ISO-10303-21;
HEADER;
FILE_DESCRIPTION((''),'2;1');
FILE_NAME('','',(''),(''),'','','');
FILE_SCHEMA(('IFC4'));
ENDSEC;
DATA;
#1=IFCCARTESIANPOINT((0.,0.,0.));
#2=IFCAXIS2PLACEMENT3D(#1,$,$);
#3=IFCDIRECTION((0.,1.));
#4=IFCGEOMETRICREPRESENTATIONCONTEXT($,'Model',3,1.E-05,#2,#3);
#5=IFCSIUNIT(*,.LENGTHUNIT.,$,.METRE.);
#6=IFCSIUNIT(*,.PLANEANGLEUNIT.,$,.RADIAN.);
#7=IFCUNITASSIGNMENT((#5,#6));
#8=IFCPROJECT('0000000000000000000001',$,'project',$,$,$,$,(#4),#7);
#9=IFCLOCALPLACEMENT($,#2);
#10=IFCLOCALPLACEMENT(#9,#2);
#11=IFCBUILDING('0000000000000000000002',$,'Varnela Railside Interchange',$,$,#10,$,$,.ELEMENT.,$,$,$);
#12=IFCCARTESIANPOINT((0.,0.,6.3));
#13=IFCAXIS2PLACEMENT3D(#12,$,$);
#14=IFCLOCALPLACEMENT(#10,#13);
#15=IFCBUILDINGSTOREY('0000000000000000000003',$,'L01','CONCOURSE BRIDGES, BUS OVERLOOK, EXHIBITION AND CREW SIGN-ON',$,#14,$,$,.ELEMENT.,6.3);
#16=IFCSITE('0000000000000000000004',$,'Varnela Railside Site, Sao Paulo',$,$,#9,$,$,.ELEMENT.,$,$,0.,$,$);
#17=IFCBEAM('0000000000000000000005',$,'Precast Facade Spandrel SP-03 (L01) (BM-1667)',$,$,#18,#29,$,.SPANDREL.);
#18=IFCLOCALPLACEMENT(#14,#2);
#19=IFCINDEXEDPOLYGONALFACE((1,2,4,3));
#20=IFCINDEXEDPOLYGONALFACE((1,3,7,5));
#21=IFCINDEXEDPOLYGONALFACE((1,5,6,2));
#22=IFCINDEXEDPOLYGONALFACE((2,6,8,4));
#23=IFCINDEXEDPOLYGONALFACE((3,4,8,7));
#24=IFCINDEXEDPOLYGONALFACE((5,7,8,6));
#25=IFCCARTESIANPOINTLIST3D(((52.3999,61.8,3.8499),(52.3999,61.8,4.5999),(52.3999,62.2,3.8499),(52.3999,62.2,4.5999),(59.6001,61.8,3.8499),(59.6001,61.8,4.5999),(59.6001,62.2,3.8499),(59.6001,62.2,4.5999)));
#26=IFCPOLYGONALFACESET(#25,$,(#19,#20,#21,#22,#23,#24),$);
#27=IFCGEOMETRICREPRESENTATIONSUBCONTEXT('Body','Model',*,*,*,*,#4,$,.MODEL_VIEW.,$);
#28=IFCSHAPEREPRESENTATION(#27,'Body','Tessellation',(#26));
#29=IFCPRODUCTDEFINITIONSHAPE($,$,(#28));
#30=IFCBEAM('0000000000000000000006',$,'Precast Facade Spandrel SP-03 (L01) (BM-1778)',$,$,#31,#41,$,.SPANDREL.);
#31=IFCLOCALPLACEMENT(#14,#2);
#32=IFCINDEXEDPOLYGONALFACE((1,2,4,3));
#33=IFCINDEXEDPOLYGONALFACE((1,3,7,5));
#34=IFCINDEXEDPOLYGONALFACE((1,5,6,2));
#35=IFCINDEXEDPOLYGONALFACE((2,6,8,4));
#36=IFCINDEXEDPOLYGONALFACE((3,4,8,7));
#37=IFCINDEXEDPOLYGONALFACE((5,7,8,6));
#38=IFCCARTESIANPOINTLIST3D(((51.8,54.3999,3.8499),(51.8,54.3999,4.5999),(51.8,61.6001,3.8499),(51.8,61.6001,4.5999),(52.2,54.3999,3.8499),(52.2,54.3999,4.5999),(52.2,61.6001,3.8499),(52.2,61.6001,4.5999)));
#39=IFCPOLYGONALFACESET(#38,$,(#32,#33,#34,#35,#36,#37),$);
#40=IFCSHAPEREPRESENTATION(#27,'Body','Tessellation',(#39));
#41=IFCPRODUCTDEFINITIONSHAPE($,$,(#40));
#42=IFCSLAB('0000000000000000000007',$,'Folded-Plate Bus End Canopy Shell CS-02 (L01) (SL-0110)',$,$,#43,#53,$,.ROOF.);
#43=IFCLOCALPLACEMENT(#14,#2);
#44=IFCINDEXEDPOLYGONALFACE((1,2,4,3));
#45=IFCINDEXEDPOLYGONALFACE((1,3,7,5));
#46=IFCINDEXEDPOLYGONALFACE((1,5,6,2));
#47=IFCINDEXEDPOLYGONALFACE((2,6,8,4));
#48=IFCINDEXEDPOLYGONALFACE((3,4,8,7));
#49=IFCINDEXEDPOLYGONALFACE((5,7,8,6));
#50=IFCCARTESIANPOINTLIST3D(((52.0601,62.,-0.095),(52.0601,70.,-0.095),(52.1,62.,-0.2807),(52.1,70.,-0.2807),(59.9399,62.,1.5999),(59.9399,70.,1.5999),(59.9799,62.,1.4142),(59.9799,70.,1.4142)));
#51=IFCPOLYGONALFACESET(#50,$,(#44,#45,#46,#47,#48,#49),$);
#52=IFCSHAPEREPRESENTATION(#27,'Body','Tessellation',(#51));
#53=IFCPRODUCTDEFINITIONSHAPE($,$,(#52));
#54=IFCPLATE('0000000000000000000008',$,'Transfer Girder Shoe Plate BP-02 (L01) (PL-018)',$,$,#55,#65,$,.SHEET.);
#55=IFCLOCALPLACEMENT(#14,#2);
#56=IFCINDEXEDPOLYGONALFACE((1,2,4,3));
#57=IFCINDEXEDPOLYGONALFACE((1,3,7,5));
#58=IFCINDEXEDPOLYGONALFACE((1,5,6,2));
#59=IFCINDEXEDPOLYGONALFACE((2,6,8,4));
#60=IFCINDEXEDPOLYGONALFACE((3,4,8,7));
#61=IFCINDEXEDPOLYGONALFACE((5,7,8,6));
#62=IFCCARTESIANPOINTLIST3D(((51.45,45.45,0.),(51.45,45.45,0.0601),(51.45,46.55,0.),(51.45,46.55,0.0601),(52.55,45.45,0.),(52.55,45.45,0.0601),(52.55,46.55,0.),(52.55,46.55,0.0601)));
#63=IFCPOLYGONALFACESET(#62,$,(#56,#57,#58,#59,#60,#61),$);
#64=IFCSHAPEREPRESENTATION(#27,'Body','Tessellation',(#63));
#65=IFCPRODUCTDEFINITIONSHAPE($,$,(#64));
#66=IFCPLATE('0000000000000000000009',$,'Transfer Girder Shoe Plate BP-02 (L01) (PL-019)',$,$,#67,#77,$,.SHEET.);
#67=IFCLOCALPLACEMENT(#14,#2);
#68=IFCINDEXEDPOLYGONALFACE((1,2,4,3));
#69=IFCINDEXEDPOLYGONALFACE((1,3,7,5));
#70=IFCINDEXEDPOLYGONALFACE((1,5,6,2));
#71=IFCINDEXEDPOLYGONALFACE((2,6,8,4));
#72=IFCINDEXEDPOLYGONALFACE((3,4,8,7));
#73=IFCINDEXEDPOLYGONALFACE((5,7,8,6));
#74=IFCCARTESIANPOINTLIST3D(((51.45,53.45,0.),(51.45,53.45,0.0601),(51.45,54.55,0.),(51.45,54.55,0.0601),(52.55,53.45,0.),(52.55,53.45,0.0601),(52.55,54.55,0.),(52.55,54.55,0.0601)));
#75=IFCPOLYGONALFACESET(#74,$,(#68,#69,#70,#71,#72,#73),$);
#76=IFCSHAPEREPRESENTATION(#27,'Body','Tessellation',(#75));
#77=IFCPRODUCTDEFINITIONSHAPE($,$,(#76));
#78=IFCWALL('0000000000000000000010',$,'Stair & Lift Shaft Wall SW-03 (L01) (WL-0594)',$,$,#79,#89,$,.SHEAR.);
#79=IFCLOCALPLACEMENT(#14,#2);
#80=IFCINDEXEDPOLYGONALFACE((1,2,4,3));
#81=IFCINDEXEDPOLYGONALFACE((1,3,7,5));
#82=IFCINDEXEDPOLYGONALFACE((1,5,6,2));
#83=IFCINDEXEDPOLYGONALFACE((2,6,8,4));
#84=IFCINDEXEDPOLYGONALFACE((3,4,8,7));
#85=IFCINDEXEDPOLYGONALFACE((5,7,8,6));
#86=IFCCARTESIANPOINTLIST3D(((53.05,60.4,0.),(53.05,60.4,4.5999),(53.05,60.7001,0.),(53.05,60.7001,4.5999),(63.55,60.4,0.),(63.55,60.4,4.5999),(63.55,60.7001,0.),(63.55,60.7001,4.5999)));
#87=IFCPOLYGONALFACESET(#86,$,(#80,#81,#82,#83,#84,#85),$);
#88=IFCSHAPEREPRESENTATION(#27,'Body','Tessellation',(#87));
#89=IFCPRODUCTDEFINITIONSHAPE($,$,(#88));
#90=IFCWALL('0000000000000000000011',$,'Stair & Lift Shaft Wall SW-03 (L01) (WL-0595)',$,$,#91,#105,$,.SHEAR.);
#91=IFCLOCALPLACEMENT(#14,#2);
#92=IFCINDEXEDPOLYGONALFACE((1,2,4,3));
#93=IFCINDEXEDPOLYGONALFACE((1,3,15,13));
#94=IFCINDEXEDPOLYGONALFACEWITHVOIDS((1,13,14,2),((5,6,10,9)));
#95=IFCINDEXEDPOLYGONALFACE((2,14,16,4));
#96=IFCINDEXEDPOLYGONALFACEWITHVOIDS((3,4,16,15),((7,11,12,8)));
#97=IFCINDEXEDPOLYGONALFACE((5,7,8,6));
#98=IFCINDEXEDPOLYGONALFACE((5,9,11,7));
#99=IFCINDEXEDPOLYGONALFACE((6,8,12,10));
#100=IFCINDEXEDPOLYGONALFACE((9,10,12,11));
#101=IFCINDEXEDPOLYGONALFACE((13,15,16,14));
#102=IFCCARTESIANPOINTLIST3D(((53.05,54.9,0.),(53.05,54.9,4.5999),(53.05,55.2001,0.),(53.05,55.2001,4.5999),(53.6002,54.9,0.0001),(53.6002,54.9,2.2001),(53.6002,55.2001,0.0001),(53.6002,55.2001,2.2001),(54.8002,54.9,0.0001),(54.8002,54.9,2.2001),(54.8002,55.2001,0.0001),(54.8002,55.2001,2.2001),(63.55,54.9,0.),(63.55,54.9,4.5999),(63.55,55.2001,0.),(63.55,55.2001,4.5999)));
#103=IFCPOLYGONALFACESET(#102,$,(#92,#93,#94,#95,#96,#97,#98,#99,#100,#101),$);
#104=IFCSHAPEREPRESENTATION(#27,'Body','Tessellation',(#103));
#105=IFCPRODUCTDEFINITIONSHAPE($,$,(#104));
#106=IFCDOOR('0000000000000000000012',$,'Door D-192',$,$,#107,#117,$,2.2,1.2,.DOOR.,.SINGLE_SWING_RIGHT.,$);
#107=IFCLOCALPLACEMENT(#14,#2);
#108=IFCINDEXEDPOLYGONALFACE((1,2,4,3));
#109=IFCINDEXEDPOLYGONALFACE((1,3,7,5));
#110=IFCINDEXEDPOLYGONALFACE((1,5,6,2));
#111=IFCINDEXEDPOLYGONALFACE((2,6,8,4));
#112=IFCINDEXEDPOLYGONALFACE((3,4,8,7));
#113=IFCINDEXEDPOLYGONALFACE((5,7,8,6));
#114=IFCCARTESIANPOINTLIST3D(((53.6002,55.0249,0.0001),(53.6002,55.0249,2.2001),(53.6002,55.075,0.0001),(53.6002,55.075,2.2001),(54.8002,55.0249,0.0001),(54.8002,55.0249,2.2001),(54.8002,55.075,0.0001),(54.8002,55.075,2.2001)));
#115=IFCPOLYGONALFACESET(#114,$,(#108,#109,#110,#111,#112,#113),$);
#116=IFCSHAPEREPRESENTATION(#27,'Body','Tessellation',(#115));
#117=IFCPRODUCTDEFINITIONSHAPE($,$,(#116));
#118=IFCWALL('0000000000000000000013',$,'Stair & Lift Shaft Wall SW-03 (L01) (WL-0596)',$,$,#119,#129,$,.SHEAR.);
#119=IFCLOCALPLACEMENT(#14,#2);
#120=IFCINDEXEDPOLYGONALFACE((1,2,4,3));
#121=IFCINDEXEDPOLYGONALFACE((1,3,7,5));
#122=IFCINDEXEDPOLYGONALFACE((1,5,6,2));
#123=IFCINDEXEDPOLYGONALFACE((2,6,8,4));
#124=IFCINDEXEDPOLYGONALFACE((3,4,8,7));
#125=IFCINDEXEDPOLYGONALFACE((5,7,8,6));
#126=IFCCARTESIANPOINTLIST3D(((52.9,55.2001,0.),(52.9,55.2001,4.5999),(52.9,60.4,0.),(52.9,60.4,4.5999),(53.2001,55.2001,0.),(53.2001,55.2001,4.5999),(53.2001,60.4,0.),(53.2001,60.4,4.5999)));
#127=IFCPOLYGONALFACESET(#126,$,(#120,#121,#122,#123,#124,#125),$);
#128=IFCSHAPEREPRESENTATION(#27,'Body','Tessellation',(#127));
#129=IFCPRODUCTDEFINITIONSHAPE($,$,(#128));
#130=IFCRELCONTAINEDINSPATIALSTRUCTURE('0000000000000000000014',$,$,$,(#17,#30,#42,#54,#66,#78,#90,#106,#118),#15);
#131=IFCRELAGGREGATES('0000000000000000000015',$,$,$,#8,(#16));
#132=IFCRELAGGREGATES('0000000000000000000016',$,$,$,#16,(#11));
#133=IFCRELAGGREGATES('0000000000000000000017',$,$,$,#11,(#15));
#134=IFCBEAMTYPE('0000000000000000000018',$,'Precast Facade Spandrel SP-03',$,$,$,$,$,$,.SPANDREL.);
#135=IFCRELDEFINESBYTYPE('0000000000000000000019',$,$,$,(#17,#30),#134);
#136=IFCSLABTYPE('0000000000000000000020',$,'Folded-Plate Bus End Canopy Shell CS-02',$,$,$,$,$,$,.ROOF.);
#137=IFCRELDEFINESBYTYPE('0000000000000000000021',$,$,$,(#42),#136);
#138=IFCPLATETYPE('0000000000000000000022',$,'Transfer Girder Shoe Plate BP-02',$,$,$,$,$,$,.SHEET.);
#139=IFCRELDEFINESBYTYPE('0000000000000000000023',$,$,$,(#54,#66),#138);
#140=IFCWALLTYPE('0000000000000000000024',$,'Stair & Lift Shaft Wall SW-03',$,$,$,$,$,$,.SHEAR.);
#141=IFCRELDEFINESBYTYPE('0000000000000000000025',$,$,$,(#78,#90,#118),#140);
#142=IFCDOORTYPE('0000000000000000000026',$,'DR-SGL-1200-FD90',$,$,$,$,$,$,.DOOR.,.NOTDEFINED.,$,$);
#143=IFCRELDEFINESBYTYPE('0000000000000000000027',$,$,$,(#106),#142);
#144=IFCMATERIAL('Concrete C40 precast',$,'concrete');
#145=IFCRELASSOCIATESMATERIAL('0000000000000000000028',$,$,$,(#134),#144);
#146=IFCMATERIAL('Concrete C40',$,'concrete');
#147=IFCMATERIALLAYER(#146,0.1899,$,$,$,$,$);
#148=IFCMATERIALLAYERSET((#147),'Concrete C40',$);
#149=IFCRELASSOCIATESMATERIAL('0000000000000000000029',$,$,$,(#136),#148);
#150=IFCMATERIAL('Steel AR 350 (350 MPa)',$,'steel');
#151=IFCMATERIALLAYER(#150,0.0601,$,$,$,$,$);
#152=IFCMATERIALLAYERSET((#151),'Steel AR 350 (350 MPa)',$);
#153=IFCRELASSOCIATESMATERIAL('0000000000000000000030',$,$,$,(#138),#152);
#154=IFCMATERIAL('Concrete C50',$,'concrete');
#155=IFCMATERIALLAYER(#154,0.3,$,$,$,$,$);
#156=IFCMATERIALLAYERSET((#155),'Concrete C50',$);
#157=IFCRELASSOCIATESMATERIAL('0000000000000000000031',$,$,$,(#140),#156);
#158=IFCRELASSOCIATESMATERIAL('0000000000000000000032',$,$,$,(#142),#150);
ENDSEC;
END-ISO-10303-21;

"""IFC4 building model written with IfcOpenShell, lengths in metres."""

from ifc_helpers import new_model, si_unit, direction, frame, frame_2d, origin, origin_2d, place, context, subcontext, project, spatial, polyline, rectangle, outline, extrude, material, layer, layer_set, material_profile, profile_set, type_object, element, fill, save


model = new_model("IFC4")

# Units and contexts
model_context = context("Model", 3, precision=1e-05, world=origin(), true_north=direction((0.0, 1.0)))
body_context = subcontext(model_context, "Body", "Model", "MODEL_VIEW")
ifc_project = project(units=[si_unit("LENGTHUNIT", "METRE"), si_unit("PLANEANGLEUNIT", "RADIAN")], contexts=[model_context])

# Site, building, storey
site_placement = place(None, origin())
site = spatial("IfcSite", under=ifc_project, at=site_placement, Name="Varnela Railside Site, Sao Paulo", CompositionType="ELEMENT", RefElevation=0.0)
building_placement = place(site_placement, origin())
building = spatial("IfcBuilding", under=site, at=building_placement, Name="Varnela Railside Interchange", CompositionType="ELEMENT")
storey_placement = place(building_placement, frame((0.0, 0.0, 6.3)))
storey = spatial("IfcBuildingStorey", under=building, at=storey_placement, Name="L01", Description="CONCOURSE BRIDGES, BUS OVERLOOK, EXHIBITION AND CREW SIGN-ON", CompositionType="ELEMENT", Elevation=6.3)

# Shared definitions
ifc_material_1 = material(Name="Concrete C50", Category="concrete")
ifc_material_2 = material(Name="Steel AR 350 (350 MPa)", Category="steel")

# Beams
ifc_material_3 = material(Name="Concrete C40 precast", Category="concrete")
ifc_material_profile_1 = material_profile(ifc_material_3, rectangle(XDim=0.3999, YDim=0.75, at=origin_2d()), Name="PC 400x750")
ifc_profile_set_1 = profile_set([ifc_material_profile_1], Name="Concrete C40 precast")
beam_type_1 = type_object("IfcBeamType", Name="Precast Facade Spandrel SP-03", PredefinedType="SPANDREL", material=ifc_profile_set_1)
for number, where, z_axis, x_axis, name in (
    (1, (52.3999, 62.0, 4.2249), (1.0, 0.0, 0.0), (0.0, 1.0, 0.0), "Precast Facade Spandrel SP-03 (L01) (BM-1667)"),
    (2, (52.0, 54.3999, 4.2249), (0.0, 1.0, 0.0), (-1.0, 0.0, 0.0), "Precast Facade Spandrel SP-03 (L01) (BM-1778)"),
):
    element("IfcBeam", number, at=place(storey_placement, frame(where, z_axis=z_axis, x_axis=x_axis)), inside=storey, type_object=beam_type_1, Name=name, PredefinedType="SPANDREL", context=body_context, shape_type="SweptSolid", body=[
        extrude(rectangle(XDim=0.3999, YDim=0.75, at=origin_2d()), origin(), (0.0, 0.0, 1.0), 7.2002),
    ])

# Slab
ifc_material_4 = material(Name="Concrete C40", Category="concrete")
ifc_layer_1 = layer(ifc_material_4, 0.1899)
ifc_layer_set_1 = layer_set([ifc_layer_1], Name="Concrete C40")
slab_type = type_object("IfcSlabType", Name="Folded-Plate Bus End Canopy Shell CS-02", PredefinedType="ROOF", material=ifc_layer_set_1)
slab_placement = place(storey_placement, frame((52.0601, 62.0, -0.095), z_axis=(-0.210274, 0.0, 0.977643), x_axis=(0.977643, 0.0, 0.210274)))
element("IfcSlab", 3, at=slab_placement, inside=storey, type_object=slab_type, Name="Folded-Plate Bus End Canopy Shell CS-02 (L01) (SL-0110)", PredefinedType="ROOF", context=body_context, shape_type="SweptSolid", body=[
    extrude(outline(polyline([(0.0, 0.0), (8.0601, 0.0), (8.0601, 8.0), (0.0, 8.0), (0.0, 0.0)])), origin(), (0.0, 0.0, -1.0), 0.1899),
])

# Plates
ifc_layer_2 = layer(ifc_material_2, 0.0601)
ifc_layer_set_2 = layer_set([ifc_layer_2], Name="Steel AR 350 (350 MPa)")
plate_type = type_object("IfcPlateType", Name="Transfer Girder Shoe Plate BP-02", PredefinedType="SHEET", material=ifc_layer_set_2)
for number, where, z_axis, x_axis, name in (
    (4, (52.0, 46.0, 0.0), (0.0, 0.0, 1.0), (1.0, 0.0, 0.0), "Transfer Girder Shoe Plate BP-02 (L01) (PL-018)"),
    (5, (52.0, 54.0, 0.0), (0.0, 0.0, 1.0), (1.0, 0.0, 0.0), "Transfer Girder Shoe Plate BP-02 (L01) (PL-019)"),
):
    element("IfcPlate", number, at=place(storey_placement, frame(where, z_axis=z_axis, x_axis=x_axis)), inside=storey, type_object=plate_type, Name=name, PredefinedType="SHEET", context=body_context, shape_type="SweptSolid", body=[
        extrude(rectangle(XDim=1.1001, YDim=1.1001, at=origin_2d()), origin(), (0.0, 0.0, 1.0), 0.0601),
    ])

# Wall
ifc_layer_3 = layer(ifc_material_1, 0.3)
ifc_layer_set_3 = layer_set([ifc_layer_3], Name="Concrete C50")
wall_type = type_object("IfcWallType", Name="Stair & Lift Shaft Wall SW-03", PredefinedType="SHEAR", material=ifc_layer_set_3)
wall_1_placement = place(storey_placement, frame((53.05, 60.55, 0.0), z_axis=(0.0, 0.0, 1.0), x_axis=(1.0, 0.0, 0.0)))
element("IfcWall", 6, at=wall_1_placement, inside=storey, type_object=wall_type, Name="Stair & Lift Shaft Wall SW-03 (L01) (WL-0594)", PredefinedType="SHEAR", context=body_context, shape_type="SweptSolid", body=[
    extrude(rectangle(XDim=10.5, YDim=0.3, at=frame_2d((5.25, 0.0))), origin(), (0.0, 0.0, 1.0), 4.5999),
])

# Wall, opening, door
wall_2_placement = place(storey_placement, frame((53.05, 55.05, 0.0), z_axis=(0.0, 0.0, 1.0), x_axis=(1.0, 0.0, 0.0)))
wall_2 = element("IfcWall", 7, at=wall_2_placement, inside=storey, type_object=wall_type, Name="Stair & Lift Shaft Wall SW-03 (L01) (WL-0595)", PredefinedType="SHEAR", context=body_context, shape_type="SweptSolid", body=[
    extrude(rectangle(XDim=10.5, YDim=0.3, at=frame_2d((5.25, 0.0))), origin(), (0.0, 0.0, 1.0), 4.5999),
])
opening_placement = place(wall_2_placement, frame((0.55, 0.0, 0.0)))
opening = element("IfcOpeningElement", 8, at=opening_placement, cuts=wall_2, PredefinedType="OPENING", context=body_context, shape_type="SweptSolid", body=[
    extrude(rectangle(XDim=1.2, YDim=2.2, at=frame_2d((0.6001, 1.1001))), frame((0.0, 0.1599, 0.0), z_axis=(0.0, -1.0, 0.0), x_axis=(1.0, 0.0, 0.0)), (0.0, 0.0, 1.0), 0.3201),
])
door_type = type_object("IfcDoorType", Name="DR-SGL-1200-FD90", OperationType="NOTDEFINED", PredefinedType="DOOR", material=ifc_material_2)
door_placement = place(opening_placement, origin())
door = element("IfcDoor", 9, at=door_placement, inside=storey, type_object=door_type, Name="Door D-192", OperationType="SINGLE_SWING_RIGHT", OverallHeight=2.2, OverallWidth=1.2, PredefinedType="DOOR", context=body_context, shape_type="SweptSolid", body=[
    extrude(rectangle(XDim=1.2, YDim=2.2, at=frame_2d((0.6001, 1.1001))), frame((0.0, 0.0249, 0.0), z_axis=(0.0, -1.0, 0.0), x_axis=(1.0, 0.0, 0.0)), (0.0, 0.0, 1.0), 0.05),
])
fill(opening, door)

# Wall
wall_3_placement = place(storey_placement, frame((53.05, 55.2, 0.0), z_axis=(0.0, 0.0, 1.0), x_axis=(0.0, 1.0, 0.0)))
element("IfcWall", 10, at=wall_3_placement, inside=storey, type_object=wall_type, Name="Stair & Lift Shaft Wall SW-03 (L01) (WL-0596)", PredefinedType="SHEAR", context=body_context, shape_type="SweptSolid", body=[
    extrude(rectangle(XDim=5.2, YDim=0.3, at=frame_2d((2.6001, 0.0))), origin(), (0.0, 0.0, 1.0), 4.5999),
])

save(model, "model.ifc")
